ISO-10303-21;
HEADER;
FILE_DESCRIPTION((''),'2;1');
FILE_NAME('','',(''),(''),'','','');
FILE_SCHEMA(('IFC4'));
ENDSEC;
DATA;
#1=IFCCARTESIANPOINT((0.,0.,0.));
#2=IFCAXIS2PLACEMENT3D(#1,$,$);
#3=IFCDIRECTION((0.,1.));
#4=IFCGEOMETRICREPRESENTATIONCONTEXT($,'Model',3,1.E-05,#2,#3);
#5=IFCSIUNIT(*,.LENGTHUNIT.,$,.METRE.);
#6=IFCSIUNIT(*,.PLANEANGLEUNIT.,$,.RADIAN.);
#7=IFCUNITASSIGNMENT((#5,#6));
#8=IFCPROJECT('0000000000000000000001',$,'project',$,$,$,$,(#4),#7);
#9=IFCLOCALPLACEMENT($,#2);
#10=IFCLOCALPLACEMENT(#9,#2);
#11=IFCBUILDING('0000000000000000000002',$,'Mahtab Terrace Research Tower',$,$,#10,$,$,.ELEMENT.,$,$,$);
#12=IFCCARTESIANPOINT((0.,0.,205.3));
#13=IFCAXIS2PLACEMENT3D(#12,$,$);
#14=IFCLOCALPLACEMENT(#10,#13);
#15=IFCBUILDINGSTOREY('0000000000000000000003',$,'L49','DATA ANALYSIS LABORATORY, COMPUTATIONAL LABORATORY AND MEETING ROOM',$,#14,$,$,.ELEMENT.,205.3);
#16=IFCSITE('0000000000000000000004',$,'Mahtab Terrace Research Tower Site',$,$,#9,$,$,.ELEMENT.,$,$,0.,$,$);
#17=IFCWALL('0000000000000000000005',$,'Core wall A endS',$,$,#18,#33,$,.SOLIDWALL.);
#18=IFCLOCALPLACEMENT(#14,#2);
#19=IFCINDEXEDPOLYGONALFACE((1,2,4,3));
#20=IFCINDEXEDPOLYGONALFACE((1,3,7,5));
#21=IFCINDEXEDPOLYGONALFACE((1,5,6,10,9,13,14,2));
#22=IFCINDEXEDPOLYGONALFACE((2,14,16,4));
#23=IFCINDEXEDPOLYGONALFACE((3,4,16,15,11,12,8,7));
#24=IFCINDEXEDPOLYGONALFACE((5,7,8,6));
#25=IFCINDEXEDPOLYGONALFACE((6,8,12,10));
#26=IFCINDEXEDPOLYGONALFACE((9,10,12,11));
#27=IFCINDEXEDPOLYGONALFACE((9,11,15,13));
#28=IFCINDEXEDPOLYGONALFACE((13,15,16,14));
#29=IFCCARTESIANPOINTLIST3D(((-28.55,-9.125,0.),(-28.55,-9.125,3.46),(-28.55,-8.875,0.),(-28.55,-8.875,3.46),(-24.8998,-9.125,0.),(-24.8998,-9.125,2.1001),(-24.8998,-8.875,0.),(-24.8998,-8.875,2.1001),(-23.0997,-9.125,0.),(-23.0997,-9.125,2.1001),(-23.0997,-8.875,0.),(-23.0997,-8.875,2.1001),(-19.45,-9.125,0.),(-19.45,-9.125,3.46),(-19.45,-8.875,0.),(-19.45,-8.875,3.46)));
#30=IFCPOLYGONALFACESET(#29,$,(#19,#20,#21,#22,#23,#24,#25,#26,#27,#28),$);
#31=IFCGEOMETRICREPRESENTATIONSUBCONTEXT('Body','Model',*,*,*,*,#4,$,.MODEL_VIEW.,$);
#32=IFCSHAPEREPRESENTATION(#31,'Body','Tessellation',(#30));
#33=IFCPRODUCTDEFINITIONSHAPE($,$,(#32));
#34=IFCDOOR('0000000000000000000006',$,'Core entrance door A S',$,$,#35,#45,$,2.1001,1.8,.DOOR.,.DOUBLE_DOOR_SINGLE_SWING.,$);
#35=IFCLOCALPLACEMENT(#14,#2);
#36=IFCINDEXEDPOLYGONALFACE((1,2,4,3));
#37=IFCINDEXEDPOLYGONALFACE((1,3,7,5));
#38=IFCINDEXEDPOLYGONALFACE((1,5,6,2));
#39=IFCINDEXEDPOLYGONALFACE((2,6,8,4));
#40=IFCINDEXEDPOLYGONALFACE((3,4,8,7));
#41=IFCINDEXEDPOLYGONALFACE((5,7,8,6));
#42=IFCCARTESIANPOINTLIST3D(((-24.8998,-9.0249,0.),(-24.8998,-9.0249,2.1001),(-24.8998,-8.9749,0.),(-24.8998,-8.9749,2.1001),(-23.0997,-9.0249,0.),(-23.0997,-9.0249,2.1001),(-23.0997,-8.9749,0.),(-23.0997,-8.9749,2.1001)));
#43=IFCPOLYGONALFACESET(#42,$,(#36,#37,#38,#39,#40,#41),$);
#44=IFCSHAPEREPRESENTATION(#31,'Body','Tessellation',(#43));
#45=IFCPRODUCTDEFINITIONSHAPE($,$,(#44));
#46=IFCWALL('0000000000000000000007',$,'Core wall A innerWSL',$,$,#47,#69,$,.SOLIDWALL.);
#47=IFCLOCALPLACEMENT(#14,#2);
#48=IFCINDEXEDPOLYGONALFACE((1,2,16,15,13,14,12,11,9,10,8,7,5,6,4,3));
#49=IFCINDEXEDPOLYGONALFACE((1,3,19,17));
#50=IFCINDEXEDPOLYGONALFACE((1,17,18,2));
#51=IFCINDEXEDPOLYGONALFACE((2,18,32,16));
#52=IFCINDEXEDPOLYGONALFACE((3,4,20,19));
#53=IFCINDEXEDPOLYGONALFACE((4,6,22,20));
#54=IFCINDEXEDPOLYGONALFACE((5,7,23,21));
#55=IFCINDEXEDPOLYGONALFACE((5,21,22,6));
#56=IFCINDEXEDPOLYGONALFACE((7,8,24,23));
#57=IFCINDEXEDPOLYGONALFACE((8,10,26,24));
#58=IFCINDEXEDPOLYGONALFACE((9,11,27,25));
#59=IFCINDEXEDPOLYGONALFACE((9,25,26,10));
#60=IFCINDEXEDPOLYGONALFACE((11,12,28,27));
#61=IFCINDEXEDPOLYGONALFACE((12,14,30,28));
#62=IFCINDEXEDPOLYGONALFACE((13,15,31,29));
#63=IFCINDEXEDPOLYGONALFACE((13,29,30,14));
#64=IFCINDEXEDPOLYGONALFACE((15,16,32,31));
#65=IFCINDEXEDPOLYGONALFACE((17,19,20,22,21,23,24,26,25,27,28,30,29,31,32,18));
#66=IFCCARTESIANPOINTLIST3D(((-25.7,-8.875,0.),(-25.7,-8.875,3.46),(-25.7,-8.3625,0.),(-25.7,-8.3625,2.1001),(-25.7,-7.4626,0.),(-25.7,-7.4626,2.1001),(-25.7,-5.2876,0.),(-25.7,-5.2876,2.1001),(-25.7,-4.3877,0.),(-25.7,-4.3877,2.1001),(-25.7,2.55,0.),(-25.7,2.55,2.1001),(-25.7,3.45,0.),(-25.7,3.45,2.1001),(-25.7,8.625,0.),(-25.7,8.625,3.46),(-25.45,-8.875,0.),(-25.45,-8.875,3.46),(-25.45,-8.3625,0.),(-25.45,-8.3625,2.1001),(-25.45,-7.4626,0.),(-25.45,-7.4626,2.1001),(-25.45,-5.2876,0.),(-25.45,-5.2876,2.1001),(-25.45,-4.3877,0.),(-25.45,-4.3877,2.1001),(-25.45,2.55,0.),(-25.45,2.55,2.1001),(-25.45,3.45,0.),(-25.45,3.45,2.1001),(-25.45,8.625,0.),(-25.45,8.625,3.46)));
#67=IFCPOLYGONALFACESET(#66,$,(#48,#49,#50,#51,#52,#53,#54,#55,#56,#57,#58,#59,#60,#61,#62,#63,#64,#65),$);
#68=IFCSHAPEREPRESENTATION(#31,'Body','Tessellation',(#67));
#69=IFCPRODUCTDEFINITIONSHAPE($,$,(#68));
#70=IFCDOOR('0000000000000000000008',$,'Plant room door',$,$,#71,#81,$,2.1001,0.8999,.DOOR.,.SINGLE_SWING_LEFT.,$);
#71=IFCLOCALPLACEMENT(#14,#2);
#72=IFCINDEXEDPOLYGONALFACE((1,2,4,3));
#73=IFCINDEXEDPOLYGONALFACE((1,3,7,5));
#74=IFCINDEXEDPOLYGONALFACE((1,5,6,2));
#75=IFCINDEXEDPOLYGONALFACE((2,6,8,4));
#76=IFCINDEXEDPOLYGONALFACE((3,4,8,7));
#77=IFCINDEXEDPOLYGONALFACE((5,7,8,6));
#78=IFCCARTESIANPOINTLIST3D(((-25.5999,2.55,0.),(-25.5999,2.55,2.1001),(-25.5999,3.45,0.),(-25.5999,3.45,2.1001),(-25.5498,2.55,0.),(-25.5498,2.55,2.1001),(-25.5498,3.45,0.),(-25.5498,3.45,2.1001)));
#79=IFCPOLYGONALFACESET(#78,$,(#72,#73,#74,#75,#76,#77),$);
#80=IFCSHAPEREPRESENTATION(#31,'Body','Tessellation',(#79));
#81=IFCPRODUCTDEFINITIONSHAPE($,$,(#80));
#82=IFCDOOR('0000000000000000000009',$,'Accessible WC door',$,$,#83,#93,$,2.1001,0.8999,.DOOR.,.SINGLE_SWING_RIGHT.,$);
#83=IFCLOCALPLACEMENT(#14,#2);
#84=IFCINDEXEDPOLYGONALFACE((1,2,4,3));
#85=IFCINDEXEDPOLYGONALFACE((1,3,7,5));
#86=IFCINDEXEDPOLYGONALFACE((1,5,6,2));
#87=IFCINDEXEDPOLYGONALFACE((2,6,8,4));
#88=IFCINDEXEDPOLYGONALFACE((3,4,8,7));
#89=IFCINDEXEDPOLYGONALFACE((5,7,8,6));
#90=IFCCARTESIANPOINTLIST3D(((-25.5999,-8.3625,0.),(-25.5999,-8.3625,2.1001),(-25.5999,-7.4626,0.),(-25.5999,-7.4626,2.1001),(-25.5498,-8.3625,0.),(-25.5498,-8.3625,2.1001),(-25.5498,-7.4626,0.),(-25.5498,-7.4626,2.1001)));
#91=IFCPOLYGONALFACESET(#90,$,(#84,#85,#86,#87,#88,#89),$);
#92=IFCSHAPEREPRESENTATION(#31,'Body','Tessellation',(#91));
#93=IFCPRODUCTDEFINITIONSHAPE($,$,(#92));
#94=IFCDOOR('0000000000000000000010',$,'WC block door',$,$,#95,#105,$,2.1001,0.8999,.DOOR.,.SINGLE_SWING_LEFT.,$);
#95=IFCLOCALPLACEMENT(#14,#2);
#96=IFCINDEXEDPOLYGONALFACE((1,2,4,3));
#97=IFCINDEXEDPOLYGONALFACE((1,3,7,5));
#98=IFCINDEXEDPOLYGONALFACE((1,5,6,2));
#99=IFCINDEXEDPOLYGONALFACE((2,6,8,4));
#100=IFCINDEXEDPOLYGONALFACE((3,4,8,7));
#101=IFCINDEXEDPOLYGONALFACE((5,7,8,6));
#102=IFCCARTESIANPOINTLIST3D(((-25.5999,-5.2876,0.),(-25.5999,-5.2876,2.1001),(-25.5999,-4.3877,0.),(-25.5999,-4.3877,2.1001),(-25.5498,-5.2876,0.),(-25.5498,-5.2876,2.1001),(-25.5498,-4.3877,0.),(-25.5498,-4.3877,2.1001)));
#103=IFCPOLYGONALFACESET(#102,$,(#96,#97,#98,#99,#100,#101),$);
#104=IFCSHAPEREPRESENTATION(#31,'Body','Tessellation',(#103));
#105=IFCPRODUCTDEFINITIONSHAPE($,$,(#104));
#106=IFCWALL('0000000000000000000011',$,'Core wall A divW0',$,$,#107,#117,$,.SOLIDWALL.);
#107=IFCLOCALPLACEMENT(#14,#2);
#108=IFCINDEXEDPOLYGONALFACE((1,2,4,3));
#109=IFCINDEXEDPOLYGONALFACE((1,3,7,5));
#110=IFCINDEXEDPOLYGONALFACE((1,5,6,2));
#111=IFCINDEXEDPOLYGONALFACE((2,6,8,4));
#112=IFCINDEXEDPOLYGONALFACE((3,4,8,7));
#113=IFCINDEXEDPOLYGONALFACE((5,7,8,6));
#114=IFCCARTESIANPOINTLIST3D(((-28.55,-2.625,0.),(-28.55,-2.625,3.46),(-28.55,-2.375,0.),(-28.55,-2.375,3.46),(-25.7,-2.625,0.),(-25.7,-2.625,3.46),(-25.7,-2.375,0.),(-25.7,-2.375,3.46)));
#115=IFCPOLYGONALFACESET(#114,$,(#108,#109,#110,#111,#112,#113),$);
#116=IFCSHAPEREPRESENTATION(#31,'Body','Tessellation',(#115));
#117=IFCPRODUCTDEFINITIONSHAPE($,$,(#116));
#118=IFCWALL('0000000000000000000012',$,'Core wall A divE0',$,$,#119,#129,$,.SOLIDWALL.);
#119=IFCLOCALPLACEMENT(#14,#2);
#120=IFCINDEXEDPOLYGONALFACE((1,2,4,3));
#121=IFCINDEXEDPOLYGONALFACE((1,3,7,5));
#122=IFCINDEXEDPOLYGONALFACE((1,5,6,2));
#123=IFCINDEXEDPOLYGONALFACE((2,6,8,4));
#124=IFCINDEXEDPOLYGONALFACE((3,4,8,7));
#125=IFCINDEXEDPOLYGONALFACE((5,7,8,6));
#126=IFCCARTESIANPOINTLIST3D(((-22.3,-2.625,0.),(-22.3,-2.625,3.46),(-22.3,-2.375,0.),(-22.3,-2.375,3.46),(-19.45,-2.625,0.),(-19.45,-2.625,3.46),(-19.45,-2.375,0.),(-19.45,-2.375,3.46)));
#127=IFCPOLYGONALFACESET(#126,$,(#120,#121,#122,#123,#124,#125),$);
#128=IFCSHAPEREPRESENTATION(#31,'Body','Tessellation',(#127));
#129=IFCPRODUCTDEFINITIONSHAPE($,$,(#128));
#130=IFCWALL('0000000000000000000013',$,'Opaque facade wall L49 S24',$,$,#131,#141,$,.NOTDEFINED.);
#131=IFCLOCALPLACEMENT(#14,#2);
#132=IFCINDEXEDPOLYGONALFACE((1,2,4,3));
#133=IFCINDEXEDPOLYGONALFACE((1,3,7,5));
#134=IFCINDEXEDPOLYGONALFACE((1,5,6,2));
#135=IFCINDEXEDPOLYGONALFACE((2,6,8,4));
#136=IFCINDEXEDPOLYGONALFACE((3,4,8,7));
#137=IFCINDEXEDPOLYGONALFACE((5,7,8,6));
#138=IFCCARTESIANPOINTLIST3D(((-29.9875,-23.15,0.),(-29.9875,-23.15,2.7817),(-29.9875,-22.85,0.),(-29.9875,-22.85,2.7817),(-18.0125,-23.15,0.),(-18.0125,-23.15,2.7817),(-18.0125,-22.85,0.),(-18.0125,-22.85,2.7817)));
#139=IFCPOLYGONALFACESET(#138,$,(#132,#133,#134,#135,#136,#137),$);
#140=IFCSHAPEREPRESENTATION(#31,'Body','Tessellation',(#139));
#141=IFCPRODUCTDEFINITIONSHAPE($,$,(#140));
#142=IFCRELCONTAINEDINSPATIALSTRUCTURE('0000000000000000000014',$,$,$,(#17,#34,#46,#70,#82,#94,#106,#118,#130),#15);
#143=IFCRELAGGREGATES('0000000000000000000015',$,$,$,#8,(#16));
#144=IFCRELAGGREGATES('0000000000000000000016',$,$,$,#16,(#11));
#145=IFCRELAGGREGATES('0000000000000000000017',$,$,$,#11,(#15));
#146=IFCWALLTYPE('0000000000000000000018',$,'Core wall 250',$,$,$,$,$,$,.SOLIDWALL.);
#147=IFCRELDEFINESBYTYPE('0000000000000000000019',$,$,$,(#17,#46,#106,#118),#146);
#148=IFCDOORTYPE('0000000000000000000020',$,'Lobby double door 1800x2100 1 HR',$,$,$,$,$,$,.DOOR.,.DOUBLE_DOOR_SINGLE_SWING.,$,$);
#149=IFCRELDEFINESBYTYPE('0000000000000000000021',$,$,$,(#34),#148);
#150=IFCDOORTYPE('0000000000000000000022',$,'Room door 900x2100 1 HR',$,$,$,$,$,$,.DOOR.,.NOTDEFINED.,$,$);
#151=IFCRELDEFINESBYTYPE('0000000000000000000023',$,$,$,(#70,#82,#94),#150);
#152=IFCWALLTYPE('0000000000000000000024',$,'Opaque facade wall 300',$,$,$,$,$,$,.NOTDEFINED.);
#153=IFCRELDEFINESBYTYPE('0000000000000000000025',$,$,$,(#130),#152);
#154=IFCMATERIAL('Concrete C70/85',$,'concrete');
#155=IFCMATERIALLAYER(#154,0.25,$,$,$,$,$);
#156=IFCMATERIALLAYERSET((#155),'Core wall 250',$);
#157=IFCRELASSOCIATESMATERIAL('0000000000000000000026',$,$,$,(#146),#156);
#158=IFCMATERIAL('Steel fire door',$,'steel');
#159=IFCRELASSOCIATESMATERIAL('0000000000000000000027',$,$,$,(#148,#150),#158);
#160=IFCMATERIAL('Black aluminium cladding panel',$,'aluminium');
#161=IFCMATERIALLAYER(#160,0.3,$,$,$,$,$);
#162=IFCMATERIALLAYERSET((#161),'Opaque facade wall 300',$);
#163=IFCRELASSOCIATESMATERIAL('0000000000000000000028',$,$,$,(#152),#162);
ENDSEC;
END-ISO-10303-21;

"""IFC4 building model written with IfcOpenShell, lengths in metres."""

from ifc_helpers import new_model, si_unit, direction, frame, frame_2d, origin, place, context, subcontext, project, spatial, rectangle, extrude, material, layer, layer_set, type_object, element, fill, save


model = new_model("IFC4")

# Units and contexts
model_context = context("Model", 3, precision=1e-05, world=origin(), true_north=direction((0.0, 1.0)))
body_context = subcontext(model_context, "Body", "Model", "MODEL_VIEW")
ifc_project = project(units=[si_unit("LENGTHUNIT", "METRE"), si_unit("PLANEANGLEUNIT", "RADIAN")], contexts=[model_context])

# Site, building, storey
site_placement = place(None, origin())
site = spatial("IfcSite", under=ifc_project, at=site_placement, Name="Mahtab Terrace Research Tower Site", CompositionType="ELEMENT", RefElevation=0.0)
building_placement = place(site_placement, origin())
building = spatial("IfcBuilding", under=site, at=building_placement, Name="Mahtab Terrace Research Tower", CompositionType="ELEMENT")
storey_placement = place(building_placement, frame((0.0, 0.0, 205.3)))
storey = spatial("IfcBuildingStorey", under=building, at=storey_placement, Name="L49", Description="DATA ANALYSIS LABORATORY, COMPUTATIONAL LABORATORY AND MEETING ROOM", CompositionType="ELEMENT", Elevation=205.3)

# Shared definitions
ifc_material_1 = material(Name="Concrete C70/85", Category="concrete")

# Shared definitions
ifc_layer_1 = layer(ifc_material_1, 0.25)
ifc_layer_set_1 = layer_set([ifc_layer_1], Name="Core wall 250")
wall_type_1 = type_object("IfcWallType", Name="Core wall 250", PredefinedType="SOLIDWALL", material=ifc_layer_set_1)

# Wall, opening, door
wall_1_placement = place(storey_placement, frame((-19.45, -9.0, 0.0), z_axis=(0.0, 0.0, 1.0), x_axis=(-1.0, 0.0, 0.0)))
wall_1 = element("IfcWall", 1, at=wall_1_placement, inside=storey, type_object=wall_type_1, Name="Core wall A endS", PredefinedType="SOLIDWALL", context=body_context, shape_type="SweptSolid", body=[
    extrude(rectangle(XDim=9.1001, YDim=0.25, at=frame_2d((4.55, 0.0))), origin(), (0.0, 0.0, 1.0), 3.46),
])
opening_1_placement = place(wall_1_placement, frame((3.6499, 0.0, 0.0)))
opening_1 = element("IfcOpeningElement", 2, at=opening_1_placement, cuts=wall_1, PredefinedType="OPENING", context=body_context, shape_type="SweptSolid", body=[
    extrude(rectangle(XDim=1.8, YDim=2.1001, at=frame_2d((0.8999, 1.05))), frame((0.0, 0.135, 0.0), z_axis=(0.0, -1.0, 0.0), x_axis=(1.0, 0.0, 0.0)), (0.0, 0.0, 1.0), 0.27),
])
ifc_material_2 = material(Name="Steel fire door", Category="steel")
door_type_1 = type_object("IfcDoorType", Name="Lobby double door 1800x2100 1 HR", OperationType="DOUBLE_DOOR_SINGLE_SWING", PredefinedType="DOOR", material=ifc_material_2)
door_1_placement = place(opening_1_placement, origin())
door_1 = element("IfcDoor", 3, at=door_1_placement, inside=storey, type_object=door_type_1, Name="Core entrance door A S", OperationType="DOUBLE_DOOR_SINGLE_SWING", OverallHeight=2.1001, OverallWidth=1.8, PredefinedType="DOOR", context=body_context, shape_type="SweptSolid", body=[
    extrude(rectangle(XDim=1.8, YDim=2.1001, at=frame_2d((0.8999, 1.05))), frame((0.0, 0.0249, 0.0), z_axis=(0.0, -1.0, 0.0), x_axis=(1.0, 0.0, 0.0)), (0.0, 0.0, 1.0), 0.05),
])
fill(opening_1, door_1)

# Wall, openings, doors
wall_2_placement = place(storey_placement, frame((-25.575, -8.875, 0.0), z_axis=(0.0, 0.0, 1.0), x_axis=(0.0, 1.0, 0.0)))
wall_2 = element("IfcWall", 4, at=wall_2_placement, inside=storey, type_object=wall_type_1, Name="Core wall A innerWSL", PredefinedType="SOLIDWALL", context=body_context, shape_type="SweptSolid", body=[
    extrude(rectangle(XDim=17.5, YDim=0.25, at=frame_2d((8.75, 0.0))), origin(), (0.0, 0.0, 1.0), 3.46),
])
opening_2_placement = place(wall_2_placement, frame((11.425, 0.0, 0.0)))
opening_2 = element("IfcOpeningElement", 5, at=opening_2_placement, cuts=wall_2, PredefinedType="OPENING", context=body_context, shape_type="SweptSolid", body=[
    extrude(rectangle(XDim=0.8999, YDim=2.1001, at=frame_2d((0.45, 1.05))), frame((0.0, 0.135, 0.0), z_axis=(0.0, -1.0, 0.0), x_axis=(1.0, 0.0, 0.0)), (0.0, 0.0, 1.0), 0.27),
])
opening_3_placement = place(wall_2_placement, frame((0.5125, 0.0, 0.0)))
opening_3 = element("IfcOpeningElement", 6, at=opening_3_placement, cuts=wall_2, PredefinedType="OPENING", context=body_context, shape_type="SweptSolid", body=[
    extrude(rectangle(XDim=0.8999, YDim=2.1001, at=frame_2d((0.45, 1.05))), frame((0.0, 0.135, 0.0), z_axis=(0.0, -1.0, 0.0), x_axis=(1.0, 0.0, 0.0)), (0.0, 0.0, 1.0), 0.27),
])
opening_4_placement = place(wall_2_placement, frame((3.5874, 0.0, 0.0)))
opening_4 = element("IfcOpeningElement", 7, at=opening_4_placement, cuts=wall_2, PredefinedType="OPENING", context=body_context, shape_type="SweptSolid", body=[
    extrude(rectangle(XDim=0.8999, YDim=2.1001, at=frame_2d((0.45, 1.05))), frame((0.0, 0.135, 0.0), z_axis=(0.0, -1.0, 0.0), x_axis=(1.0, 0.0, 0.0)), (0.0, 0.0, 1.0), 0.27),
])
door_type_2 = type_object("IfcDoorType", Name="Room door 900x2100 1 HR", OperationType="NOTDEFINED", PredefinedType="DOOR", material=ifc_material_2)
door_2_placement = place(opening_2_placement, origin())
door_2 = element("IfcDoor", 8, at=door_2_placement, inside=storey, type_object=door_type_2, Name="Plant room door", OperationType="SINGLE_SWING_LEFT", OverallHeight=2.1001, OverallWidth=0.8999, PredefinedType="DOOR", context=body_context, shape_type="SweptSolid", body=[
    extrude(rectangle(XDim=0.8999, YDim=2.1001, at=frame_2d((0.45, 1.05))), frame((0.0, 0.0249, 0.0), z_axis=(0.0, -1.0, 0.0), x_axis=(1.0, 0.0, 0.0)), (0.0, 0.0, 1.0), 0.05),
])
fill(opening_2, door_2)
door_3_placement = place(opening_3_placement, origin())
door_3 = element("IfcDoor", 9, at=door_3_placement, inside=storey, type_object=door_type_2, Name="Accessible WC door", OperationType="SINGLE_SWING_RIGHT", OverallHeight=2.1001, OverallWidth=0.8999, PredefinedType="DOOR", context=body_context, shape_type="SweptSolid", body=[
    extrude(rectangle(XDim=0.8999, YDim=2.1001, at=frame_2d((0.45, 1.05))), frame((0.0, 0.0249, 0.0), z_axis=(0.0, -1.0, 0.0), x_axis=(1.0, 0.0, 0.0)), (0.0, 0.0, 1.0), 0.05),
])
fill(opening_3, door_3)
door_4_placement = place(opening_4_placement, origin())
door_4 = element("IfcDoor", 10, at=door_4_placement, inside=storey, type_object=door_type_2, Name="WC block door", OperationType="SINGLE_SWING_LEFT", OverallHeight=2.1001, OverallWidth=0.8999, PredefinedType="DOOR", context=body_context, shape_type="SweptSolid", body=[
    extrude(rectangle(XDim=0.8999, YDim=2.1001, at=frame_2d((0.45, 1.05))), frame((0.0, 0.0249, 0.0), z_axis=(0.0, -1.0, 0.0), x_axis=(1.0, 0.0, 0.0)), (0.0, 0.0, 1.0), 0.05),
])
fill(opening_4, door_4)

# Walls
for number, where, z_axis, x_axis, name in (
    (11, (-28.55, -2.5, 0.0), (0.0, 0.0, 1.0), (1.0, 0.0, 0.0), "Core wall A divW0"),
    (12, (-22.3, -2.5, 0.0), (0.0, 0.0, 1.0), (1.0, 0.0, 0.0), "Core wall A divE0"),
):
    element("IfcWall", number, at=place(storey_placement, frame(where, z_axis=z_axis, x_axis=x_axis)), inside=storey, type_object=wall_type_1, Name=name, PredefinedType="SOLIDWALL", context=body_context, shape_type="SweptSolid", body=[
        extrude(rectangle(XDim=2.8501, YDim=0.25, at=frame_2d((1.425, 0.0))), origin(), (0.0, 0.0, 1.0), 3.46),
    ])
ifc_material_3 = material(Name="Black aluminium cladding panel", Category="aluminium")
ifc_layer_2 = layer(ifc_material_3, 0.3)
ifc_layer_set_2 = layer_set([ifc_layer_2], Name="Opaque facade wall 300")
wall_type_2 = type_object("IfcWallType", Name="Opaque facade wall 300", PredefinedType="NOTDEFINED", material=ifc_layer_set_2)
wall_3_placement = place(storey_placement, frame((-29.9875, -23.0, 0.0), z_axis=(0.0, 0.0, 1.0), x_axis=(1.0, 0.0, 0.0)))
element("IfcWall", 13, at=wall_3_placement, inside=storey, type_object=wall_type_2, Name="Opaque facade wall L49 S24", PredefinedType="NOTDEFINED", context=body_context, shape_type="SweptSolid", body=[
    extrude(rectangle(XDim=11.9751, YDim=0.3, at=frame_2d((5.9875, 0.0))), origin(), (0.0, 0.0, 1.0), 2.7817),
])

save(model, "model.ifc")
